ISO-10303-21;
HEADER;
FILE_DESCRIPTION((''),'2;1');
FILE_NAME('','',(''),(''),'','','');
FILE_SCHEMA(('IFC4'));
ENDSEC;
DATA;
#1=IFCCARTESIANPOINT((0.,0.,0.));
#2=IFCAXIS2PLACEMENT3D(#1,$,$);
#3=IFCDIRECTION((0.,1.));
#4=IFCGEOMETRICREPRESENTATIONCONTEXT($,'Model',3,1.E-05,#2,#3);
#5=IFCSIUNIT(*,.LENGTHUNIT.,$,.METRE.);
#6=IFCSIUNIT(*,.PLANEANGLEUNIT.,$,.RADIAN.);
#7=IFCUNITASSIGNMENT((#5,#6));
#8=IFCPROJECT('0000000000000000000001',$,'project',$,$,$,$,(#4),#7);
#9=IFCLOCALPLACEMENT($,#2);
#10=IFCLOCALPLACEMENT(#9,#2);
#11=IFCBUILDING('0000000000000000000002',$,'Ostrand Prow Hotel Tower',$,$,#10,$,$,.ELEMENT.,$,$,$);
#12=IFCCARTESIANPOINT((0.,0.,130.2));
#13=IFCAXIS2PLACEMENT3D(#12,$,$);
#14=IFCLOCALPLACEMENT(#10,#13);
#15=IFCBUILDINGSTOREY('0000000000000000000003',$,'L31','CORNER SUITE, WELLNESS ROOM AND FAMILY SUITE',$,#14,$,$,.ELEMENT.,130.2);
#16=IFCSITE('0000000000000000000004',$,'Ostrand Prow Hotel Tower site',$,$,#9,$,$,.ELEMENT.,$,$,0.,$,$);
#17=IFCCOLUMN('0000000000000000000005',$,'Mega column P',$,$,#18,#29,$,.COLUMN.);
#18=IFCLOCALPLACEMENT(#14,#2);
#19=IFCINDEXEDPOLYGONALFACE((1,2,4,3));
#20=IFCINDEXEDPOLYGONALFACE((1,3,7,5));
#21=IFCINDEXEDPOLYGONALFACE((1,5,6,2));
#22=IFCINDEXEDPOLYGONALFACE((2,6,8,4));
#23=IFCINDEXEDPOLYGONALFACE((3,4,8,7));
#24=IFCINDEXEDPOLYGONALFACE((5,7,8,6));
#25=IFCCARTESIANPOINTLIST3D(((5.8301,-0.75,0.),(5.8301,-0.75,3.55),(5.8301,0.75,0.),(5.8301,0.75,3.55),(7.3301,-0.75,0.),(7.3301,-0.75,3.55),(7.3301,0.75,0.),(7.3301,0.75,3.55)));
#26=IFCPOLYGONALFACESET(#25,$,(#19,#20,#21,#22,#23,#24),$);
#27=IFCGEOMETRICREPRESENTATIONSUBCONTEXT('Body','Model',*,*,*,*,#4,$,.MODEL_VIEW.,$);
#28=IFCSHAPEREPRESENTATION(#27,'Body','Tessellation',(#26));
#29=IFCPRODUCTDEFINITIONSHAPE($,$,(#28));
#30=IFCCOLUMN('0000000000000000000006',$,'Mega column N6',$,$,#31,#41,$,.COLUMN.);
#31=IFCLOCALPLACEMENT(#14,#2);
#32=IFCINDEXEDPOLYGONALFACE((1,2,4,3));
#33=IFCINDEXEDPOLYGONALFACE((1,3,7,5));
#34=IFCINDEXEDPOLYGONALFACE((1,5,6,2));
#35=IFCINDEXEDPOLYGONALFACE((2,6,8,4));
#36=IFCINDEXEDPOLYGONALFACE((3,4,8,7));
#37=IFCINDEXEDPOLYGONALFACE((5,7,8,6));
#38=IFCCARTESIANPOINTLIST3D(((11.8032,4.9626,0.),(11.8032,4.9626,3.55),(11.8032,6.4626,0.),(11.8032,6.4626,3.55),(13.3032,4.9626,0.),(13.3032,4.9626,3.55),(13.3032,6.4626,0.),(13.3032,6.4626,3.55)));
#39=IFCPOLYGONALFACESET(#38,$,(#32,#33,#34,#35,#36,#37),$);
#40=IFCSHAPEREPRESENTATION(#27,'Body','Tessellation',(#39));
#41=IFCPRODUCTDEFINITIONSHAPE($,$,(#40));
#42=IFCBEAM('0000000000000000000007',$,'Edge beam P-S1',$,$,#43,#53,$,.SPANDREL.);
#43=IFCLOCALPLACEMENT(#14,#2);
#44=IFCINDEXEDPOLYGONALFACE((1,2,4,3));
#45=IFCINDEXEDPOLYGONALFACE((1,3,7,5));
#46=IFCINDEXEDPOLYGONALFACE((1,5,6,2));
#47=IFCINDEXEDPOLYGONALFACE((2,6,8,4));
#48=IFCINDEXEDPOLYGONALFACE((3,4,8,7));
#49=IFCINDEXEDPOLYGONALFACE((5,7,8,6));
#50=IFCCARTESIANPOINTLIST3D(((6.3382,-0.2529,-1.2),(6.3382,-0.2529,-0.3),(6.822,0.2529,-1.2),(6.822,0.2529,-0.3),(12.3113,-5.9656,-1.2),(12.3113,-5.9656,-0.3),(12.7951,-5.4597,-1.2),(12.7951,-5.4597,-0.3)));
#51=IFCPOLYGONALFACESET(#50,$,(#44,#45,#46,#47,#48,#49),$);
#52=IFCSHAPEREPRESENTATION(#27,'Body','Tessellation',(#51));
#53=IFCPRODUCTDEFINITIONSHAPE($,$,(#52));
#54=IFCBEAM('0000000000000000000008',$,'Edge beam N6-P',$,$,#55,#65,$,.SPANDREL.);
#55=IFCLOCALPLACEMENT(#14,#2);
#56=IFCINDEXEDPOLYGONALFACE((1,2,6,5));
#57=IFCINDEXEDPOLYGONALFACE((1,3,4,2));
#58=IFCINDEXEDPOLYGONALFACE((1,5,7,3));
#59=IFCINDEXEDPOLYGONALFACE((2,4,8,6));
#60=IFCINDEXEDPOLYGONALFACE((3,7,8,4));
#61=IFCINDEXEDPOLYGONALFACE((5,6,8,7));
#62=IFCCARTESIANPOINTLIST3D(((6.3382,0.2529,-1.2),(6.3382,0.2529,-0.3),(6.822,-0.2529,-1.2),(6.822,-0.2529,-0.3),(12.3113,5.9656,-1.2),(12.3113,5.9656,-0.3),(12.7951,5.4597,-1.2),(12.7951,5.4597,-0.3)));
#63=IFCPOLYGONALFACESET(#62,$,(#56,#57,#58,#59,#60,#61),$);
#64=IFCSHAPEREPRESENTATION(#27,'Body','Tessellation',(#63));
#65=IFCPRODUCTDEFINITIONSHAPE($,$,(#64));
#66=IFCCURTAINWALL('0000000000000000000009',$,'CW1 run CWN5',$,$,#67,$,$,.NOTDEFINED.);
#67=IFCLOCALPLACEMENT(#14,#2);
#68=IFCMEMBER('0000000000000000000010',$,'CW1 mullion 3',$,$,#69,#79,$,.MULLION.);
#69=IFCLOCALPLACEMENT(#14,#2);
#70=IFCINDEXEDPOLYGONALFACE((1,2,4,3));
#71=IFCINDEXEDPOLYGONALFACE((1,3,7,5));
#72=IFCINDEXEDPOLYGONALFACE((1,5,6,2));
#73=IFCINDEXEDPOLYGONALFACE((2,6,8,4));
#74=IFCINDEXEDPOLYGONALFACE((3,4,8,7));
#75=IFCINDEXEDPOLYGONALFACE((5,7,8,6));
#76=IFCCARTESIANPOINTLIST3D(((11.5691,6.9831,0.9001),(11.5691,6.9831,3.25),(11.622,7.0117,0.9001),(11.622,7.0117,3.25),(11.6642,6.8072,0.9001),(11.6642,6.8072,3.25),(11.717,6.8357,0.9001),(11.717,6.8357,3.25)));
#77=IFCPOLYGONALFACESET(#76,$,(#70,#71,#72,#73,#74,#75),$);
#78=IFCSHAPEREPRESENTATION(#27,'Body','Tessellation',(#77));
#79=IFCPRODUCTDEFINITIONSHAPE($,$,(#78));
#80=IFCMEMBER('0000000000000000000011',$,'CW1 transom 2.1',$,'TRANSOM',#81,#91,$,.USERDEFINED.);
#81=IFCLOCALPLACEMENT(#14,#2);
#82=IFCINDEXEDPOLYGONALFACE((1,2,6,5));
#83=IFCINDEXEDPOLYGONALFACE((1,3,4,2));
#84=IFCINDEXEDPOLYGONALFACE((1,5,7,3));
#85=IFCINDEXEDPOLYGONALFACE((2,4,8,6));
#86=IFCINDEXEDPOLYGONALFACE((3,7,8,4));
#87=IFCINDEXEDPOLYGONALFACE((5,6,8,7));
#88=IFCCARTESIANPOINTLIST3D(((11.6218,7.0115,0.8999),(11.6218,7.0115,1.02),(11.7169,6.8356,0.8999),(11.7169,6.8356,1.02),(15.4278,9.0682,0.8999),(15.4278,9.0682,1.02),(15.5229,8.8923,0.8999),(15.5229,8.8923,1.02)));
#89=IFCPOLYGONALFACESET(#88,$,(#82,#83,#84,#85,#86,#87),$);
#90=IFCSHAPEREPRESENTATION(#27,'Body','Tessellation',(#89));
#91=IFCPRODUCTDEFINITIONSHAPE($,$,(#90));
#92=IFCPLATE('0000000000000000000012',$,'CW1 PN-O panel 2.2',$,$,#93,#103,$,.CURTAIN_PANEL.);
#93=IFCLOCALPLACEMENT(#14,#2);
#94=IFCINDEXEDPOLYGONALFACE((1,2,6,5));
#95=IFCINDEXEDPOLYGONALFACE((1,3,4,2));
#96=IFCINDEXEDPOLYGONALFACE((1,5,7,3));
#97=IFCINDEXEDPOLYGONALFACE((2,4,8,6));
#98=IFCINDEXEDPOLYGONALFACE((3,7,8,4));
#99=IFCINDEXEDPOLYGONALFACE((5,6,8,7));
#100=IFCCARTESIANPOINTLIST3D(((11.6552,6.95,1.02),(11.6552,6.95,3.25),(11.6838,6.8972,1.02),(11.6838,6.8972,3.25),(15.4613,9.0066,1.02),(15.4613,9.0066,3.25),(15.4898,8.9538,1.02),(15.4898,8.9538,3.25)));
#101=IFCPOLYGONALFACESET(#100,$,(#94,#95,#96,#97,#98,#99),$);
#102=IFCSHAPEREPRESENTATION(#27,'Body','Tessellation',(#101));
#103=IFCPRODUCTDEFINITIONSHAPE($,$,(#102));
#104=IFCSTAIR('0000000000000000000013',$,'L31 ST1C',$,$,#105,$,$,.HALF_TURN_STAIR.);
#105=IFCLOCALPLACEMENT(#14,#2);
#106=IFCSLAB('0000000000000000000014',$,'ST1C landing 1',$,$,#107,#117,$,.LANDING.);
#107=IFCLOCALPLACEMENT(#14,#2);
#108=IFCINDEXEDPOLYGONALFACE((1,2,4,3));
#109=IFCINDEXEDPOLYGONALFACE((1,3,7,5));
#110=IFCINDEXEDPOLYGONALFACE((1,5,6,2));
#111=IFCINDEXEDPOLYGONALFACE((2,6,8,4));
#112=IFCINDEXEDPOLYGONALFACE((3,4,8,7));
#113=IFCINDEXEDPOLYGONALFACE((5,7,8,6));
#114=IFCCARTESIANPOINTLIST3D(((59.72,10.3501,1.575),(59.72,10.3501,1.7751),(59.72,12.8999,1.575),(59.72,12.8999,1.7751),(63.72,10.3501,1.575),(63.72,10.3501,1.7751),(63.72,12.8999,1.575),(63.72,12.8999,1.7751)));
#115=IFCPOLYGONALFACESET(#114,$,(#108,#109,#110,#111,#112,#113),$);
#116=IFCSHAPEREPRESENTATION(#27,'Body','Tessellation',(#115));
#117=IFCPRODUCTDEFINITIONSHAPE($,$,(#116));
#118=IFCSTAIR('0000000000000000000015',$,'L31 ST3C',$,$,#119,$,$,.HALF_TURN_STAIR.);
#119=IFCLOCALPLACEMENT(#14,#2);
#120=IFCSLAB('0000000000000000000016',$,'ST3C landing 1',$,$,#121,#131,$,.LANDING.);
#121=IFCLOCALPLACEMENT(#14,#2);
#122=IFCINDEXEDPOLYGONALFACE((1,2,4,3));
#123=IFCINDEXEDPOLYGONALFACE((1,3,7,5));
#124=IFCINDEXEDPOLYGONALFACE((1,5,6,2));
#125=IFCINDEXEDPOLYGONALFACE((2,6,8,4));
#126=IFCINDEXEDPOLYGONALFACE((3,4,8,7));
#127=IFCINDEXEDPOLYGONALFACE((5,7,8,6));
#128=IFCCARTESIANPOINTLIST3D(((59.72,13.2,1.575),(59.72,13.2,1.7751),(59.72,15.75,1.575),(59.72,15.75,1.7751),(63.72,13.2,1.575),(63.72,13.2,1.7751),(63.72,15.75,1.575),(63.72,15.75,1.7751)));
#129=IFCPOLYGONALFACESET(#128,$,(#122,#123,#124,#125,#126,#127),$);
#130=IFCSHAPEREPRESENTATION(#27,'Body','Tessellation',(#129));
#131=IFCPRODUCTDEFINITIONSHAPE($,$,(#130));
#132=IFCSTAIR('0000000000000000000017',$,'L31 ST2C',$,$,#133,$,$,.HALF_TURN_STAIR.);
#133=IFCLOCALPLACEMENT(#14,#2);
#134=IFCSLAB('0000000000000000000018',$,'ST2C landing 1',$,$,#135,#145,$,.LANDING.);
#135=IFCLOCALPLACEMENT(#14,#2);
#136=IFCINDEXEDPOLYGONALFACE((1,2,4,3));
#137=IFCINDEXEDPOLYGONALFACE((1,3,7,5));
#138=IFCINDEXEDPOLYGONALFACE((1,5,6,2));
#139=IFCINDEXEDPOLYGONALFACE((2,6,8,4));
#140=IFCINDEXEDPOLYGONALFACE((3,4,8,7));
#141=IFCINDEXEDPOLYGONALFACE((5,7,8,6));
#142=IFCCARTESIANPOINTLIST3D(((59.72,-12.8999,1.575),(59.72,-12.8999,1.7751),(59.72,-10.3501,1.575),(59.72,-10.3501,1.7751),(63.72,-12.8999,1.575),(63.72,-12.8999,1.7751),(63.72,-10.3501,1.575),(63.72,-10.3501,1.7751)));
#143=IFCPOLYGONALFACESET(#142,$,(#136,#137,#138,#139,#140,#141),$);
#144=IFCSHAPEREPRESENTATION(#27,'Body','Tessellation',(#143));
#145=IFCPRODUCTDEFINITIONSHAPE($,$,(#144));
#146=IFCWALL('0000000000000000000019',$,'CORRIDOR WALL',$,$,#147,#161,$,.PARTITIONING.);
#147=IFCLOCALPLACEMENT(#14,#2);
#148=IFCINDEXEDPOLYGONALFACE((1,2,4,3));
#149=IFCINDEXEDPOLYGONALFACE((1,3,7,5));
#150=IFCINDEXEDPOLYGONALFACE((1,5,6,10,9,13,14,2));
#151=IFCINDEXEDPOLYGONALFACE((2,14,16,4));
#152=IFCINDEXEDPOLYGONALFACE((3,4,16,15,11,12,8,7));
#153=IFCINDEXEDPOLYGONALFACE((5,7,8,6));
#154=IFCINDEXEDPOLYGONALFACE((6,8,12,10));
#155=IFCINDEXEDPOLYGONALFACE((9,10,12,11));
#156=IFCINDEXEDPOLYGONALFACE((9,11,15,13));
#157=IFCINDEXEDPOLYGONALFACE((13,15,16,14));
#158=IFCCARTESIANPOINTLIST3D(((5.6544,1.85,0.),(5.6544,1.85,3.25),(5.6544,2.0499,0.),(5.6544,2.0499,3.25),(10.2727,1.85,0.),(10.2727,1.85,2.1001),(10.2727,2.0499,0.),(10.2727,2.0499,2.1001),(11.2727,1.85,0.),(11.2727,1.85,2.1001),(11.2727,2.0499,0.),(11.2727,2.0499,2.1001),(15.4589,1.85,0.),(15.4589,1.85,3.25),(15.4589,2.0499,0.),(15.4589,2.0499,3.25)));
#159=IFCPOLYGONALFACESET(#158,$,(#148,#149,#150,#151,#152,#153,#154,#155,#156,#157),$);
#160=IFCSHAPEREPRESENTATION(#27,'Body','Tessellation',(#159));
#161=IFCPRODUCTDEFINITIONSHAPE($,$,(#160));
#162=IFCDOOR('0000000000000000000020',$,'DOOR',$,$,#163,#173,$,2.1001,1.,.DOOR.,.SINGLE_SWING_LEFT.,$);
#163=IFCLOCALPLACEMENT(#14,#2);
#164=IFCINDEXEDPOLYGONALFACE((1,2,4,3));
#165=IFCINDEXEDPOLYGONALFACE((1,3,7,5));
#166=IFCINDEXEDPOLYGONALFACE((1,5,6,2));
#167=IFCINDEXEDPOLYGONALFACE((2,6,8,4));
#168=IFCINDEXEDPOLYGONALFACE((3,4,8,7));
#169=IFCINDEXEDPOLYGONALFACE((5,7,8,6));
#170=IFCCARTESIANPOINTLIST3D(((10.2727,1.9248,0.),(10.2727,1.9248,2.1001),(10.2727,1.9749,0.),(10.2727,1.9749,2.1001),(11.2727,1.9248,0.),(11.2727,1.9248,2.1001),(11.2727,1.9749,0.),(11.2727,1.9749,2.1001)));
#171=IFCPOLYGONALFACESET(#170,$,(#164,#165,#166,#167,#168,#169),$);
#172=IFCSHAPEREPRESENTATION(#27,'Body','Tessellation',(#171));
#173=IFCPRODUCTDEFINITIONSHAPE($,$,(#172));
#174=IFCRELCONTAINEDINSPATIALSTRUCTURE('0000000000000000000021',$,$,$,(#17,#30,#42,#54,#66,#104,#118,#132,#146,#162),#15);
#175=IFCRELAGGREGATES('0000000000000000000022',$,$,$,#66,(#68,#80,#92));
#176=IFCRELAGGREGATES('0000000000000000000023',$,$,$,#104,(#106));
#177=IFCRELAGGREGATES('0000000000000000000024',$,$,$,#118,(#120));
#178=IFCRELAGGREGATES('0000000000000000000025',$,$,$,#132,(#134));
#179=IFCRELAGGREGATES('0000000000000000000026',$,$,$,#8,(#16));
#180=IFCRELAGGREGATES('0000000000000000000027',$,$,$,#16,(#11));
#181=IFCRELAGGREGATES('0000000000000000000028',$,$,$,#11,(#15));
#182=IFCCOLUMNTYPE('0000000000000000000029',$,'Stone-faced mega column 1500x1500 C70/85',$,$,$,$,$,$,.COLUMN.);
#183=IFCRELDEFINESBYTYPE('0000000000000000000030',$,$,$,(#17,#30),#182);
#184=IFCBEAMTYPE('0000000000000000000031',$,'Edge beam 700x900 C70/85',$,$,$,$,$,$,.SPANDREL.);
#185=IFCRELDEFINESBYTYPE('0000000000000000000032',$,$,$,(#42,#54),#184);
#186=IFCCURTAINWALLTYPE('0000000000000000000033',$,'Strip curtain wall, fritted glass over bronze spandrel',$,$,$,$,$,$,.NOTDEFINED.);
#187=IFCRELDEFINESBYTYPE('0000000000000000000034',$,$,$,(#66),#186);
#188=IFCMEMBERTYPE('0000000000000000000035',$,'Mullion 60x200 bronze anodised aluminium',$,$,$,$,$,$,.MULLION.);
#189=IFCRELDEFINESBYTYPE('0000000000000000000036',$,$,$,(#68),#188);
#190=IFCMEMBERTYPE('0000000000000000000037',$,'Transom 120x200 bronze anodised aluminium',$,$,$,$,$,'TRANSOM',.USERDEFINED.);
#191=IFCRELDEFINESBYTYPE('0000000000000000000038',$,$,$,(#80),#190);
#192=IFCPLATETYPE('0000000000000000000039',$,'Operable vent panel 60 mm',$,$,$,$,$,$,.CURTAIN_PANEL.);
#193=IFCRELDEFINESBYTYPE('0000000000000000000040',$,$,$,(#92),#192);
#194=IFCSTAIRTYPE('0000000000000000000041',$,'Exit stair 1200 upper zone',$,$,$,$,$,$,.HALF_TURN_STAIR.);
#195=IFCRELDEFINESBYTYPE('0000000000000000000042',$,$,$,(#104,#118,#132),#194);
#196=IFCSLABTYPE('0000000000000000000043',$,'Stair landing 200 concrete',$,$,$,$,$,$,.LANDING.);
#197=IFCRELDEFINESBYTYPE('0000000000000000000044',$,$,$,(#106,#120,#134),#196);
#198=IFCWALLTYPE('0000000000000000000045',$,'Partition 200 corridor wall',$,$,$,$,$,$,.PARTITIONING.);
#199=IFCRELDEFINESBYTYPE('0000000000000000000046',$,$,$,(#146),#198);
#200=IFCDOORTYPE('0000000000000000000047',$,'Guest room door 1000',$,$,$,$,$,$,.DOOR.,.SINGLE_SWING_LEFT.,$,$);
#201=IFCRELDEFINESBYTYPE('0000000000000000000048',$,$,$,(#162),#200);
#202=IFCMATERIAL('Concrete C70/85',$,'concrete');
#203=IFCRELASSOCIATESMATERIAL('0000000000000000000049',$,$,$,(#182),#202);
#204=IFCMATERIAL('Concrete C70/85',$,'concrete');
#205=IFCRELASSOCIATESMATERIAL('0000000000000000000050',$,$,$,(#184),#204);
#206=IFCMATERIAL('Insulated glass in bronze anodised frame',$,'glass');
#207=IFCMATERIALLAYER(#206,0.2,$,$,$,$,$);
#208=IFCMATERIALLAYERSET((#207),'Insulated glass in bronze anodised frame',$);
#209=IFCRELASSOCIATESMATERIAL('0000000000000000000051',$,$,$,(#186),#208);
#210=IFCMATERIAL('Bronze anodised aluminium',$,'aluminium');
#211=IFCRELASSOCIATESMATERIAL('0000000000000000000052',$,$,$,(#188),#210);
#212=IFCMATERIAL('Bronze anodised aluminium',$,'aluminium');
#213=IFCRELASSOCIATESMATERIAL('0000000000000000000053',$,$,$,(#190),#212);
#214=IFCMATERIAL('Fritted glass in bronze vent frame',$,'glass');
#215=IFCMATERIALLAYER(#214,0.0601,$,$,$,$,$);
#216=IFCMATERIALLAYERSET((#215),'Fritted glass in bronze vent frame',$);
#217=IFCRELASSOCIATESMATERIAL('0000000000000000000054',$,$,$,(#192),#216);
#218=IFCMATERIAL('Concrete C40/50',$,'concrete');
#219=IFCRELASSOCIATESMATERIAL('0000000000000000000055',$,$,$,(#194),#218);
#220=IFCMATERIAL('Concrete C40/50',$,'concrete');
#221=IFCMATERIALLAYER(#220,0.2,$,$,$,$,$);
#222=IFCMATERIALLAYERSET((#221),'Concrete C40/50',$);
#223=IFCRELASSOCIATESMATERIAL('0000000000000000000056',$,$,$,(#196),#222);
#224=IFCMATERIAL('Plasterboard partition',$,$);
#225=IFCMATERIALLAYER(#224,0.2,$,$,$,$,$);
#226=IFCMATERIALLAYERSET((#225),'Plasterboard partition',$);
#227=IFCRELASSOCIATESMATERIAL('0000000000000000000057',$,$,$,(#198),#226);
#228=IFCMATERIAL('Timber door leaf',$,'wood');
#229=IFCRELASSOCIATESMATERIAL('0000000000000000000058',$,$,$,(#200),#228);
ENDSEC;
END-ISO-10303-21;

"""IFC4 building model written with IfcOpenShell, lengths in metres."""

from ifc_helpers import new_model, si_unit, direction, frame, frame_2d, origin, origin_2d, place, context, subcontext, project, spatial, polyline, rectangle, outline, extrude, material, layer, layer_set, material_profile, profile_set, type_object, element, fill, aggregate, save


model = new_model("IFC4")

# Units and contexts
model_context = context("Model", 3, precision=1e-05, world=origin(), true_north=direction((0.0, 1.0)))
body_context = subcontext(model_context, "Body", "Model", "MODEL_VIEW")
ifc_project = project(units=[si_unit("LENGTHUNIT", "METRE"), si_unit("PLANEANGLEUNIT", "RADIAN")], contexts=[model_context])

# Site, building, storey
site_placement = place(None, origin())
site = spatial("IfcSite", under=ifc_project, at=site_placement, Name="Ostrand Prow Hotel Tower site", CompositionType="ELEMENT", RefElevation=0.0)
building_placement = place(site_placement, origin())
building = spatial("IfcBuilding", under=site, at=building_placement, Name="Ostrand Prow Hotel Tower", CompositionType="ELEMENT")
storey_placement = place(building_placement, frame((0.0, 0.0, 130.2)))
storey = spatial("IfcBuildingStorey", under=building, at=storey_placement, Name="L31", Description="CORNER SUITE, WELLNESS ROOM AND FAMILY SUITE", CompositionType="ELEMENT", Elevation=130.2)

# Columns
ifc_material_1 = material(Name="Concrete C70/85", Category="concrete")
ifc_material_profile_1 = material_profile(ifc_material_1, rectangle(XDim=1.5, YDim=1.5, at=origin_2d()), Name="RC 1500x1500")
ifc_profile_set_1 = profile_set([ifc_material_profile_1], Name="Concrete C70/85")
column_type = type_object("IfcColumnType", Name="Stone-faced mega column 1500x1500 C70/85", PredefinedType="COLUMN", material=ifc_profile_set_1)
for number, where, z_axis, x_axis, name in (
    (1, (6.5801, 0.0, 0.0), (0.0, 0.0, 1.0), (1.0, 0.0, 0.0), "Mega column P"),
    (2, (12.5532, 5.7126, 0.0), (0.0, 0.0, 1.0), (1.0, 0.0, 0.0), "Mega column N6"),
):
    element("IfcColumn", number, at=place(storey_placement, frame(where, z_axis=z_axis, x_axis=x_axis)), inside=storey, type_object=column_type, Name=name, PredefinedType="COLUMN", context=body_context, shape_type="SweptSolid", body=[
        extrude(rectangle(XDim=1.5, YDim=1.5, at=origin_2d()), origin(), (0.0, 0.0, 1.0), 3.55),
    ])

# Beams
ifc_material_2 = material(Name="Concrete C70/85", Category="concrete")
ifc_material_profile_2 = material_profile(ifc_material_2, rectangle(XDim=0.7, YDim=0.8999, at=origin_2d()), Name="RC 700x900")
ifc_profile_set_2 = profile_set([ifc_material_profile_2], Name="Concrete C70/85")
beam_type = type_object("IfcBeamType", Name="Edge beam 700x900 C70/85", PredefinedType="SPANDREL", material=ifc_profile_set_2)
for number, where, z_axis, x_axis, name in (
    (3, (6.5801, 0.0, -0.75), (0.72269, -0.691172, 0.0), (0.691172, 0.72269, 0.0), "Edge beam P-S1"),
    (4, (12.5532, 5.7126, -0.75), (-0.72269, -0.691172, 0.0), (0.691172, -0.72269, 0.0), "Edge beam N6-P"),
):
    element("IfcBeam", number, at=place(storey_placement, frame(where, z_axis=z_axis, x_axis=x_axis)), inside=storey, type_object=beam_type, Name=name, PredefinedType="SPANDREL", context=body_context, shape_type="SweptSolid", body=[
        extrude(rectangle(XDim=0.7, YDim=0.8999, at=origin_2d()), origin(), (0.0, 0.0, 1.0), 8.2651),
    ])

# Curtain wall, members, plate
ifc_material_3 = material(Name="Insulated glass in bronze anodised frame", Category="glass")
ifc_layer_1 = layer(ifc_material_3, 0.2)
ifc_layer_set_1 = layer_set([ifc_layer_1], Name="Insulated glass in bronze anodised frame")
curtain_wall_type = type_object("IfcCurtainWallType", Name="Strip curtain wall, fritted glass over bronze spandrel", PredefinedType="NOTDEFINED", material=ifc_layer_set_1)
curtain_wall_placement = place(storey_placement, origin())
curtain_wall = element("IfcCurtainWall", 5, at=curtain_wall_placement, inside=storey, type_object=curtain_wall_type, Name="CW1 run CWN5", PredefinedType="NOTDEFINED")
ifc_material_4 = material(Name="Bronze anodised aluminium", Category="aluminium")
ifc_material_profile_3 = material_profile(ifc_material_4, rectangle(XDim=0.2, YDim=0.0601, at=origin_2d()), Name="Mullion 60x200 bronze anodised aluminium")
ifc_profile_set_3 = profile_set([ifc_material_profile_3], Name="Bronze anodised aluminium")
member_type_1 = type_object("IfcMemberType", Name="Mullion 60x200 bronze anodised aluminium", PredefinedType="MULLION", material=ifc_profile_set_3)
member_1_placement = place(storey_placement, frame((11.6431, 6.9094, 0.9001), z_axis=(0.0, 0.0, 1.0), x_axis=(0.475394, -0.879773, 0.0)))
member_1 = element("IfcMember", 6, at=member_1_placement, type_object=member_type_1, Name="CW1 mullion 3", PredefinedType="MULLION", context=body_context, shape_type="SweptSolid", body=[
    extrude(rectangle(XDim=0.2, YDim=0.0601, at=origin_2d()), origin(), (0.0, 0.0, 1.0), 2.3499),
])
ifc_material_5 = material(Name="Bronze anodised aluminium", Category="aluminium")
ifc_material_profile_4 = material_profile(ifc_material_5, rectangle(XDim=0.2, YDim=0.1201, at=origin_2d()), Name="Transom 120x200 bronze anodised aluminium")
ifc_profile_set_4 = profile_set([ifc_material_profile_4], Name="Bronze anodised aluminium")
member_type_2 = type_object("IfcMemberType", Name="Transom 120x200 bronze anodised aluminium", ElementType="TRANSOM", PredefinedType="USERDEFINED", material=ifc_profile_set_4)
member_2_placement = place(storey_placement, frame((15.4753, 8.9802, 0.96), z_axis=(-0.879765, -0.475408, 0.0), x_axis=(0.475408, -0.879765, 0.0)))
member_2 = element("IfcMember", 7, at=member_2_placement, type_object=member_type_2, Name="CW1 transom 2.1", ObjectType="TRANSOM", PredefinedType="USERDEFINED", context=body_context, shape_type="SweptSolid", body=[
    extrude(rectangle(XDim=0.2, YDim=0.1201, at=origin_2d()), origin(), (0.0, 0.0, 1.0), 4.3262),
])
ifc_material_6 = material(Name="Fritted glass in bronze vent frame", Category="glass")
ifc_layer_2 = layer(ifc_material_6, 0.0601)
ifc_layer_set_2 = layer_set([ifc_layer_2], Name="Fritted glass in bronze vent frame")
plate_type = type_object("IfcPlateType", Name="Operable vent panel 60 mm", PredefinedType="CURTAIN_PANEL", material=ifc_layer_set_2)
plate_placement = place(storey_placement, frame((13.5725, 7.9519, 1.02), z_axis=(0.0, 0.0, 1.0), x_axis=(-0.879773, -0.475394, 0.0)))
plate = element("IfcPlate", 8, at=plate_placement, type_object=plate_type, Name="CW1 PN-O panel 2.2", PredefinedType="CURTAIN_PANEL", context=body_context, shape_type="SweptSolid", body=[
    extrude(rectangle(XDim=4.3262, YDim=0.0601, at=origin_2d()), origin(), (0.0, 0.0, 1.0), 2.23),
])
aggregate(curtain_wall, [member_1, member_2, plate])

# Stairs, slabs
ifc_material_7 = material(Name="Concrete C40/50", Category="concrete")
stair_type = type_object("IfcStairType", Name="Exit stair 1200 upper zone", PredefinedType="HALF_TURN_STAIR", material=ifc_material_7)
stair_1_placement = place(storey_placement, origin())
stair_1 = element("IfcStair", 9, at=stair_1_placement, inside=storey, type_object=stair_type, Name="L31 ST1C", PredefinedType="HALF_TURN_STAIR")
ifc_material_8 = material(Name="Concrete C40/50", Category="concrete")
ifc_layer_3 = layer(ifc_material_8, 0.2)
ifc_layer_set_3 = layer_set([ifc_layer_3], Name="Concrete C40/50")
slab_type = type_object("IfcSlabType", Name="Stair landing 200 concrete", PredefinedType="LANDING", material=ifc_layer_set_3)
slab_1_placement = place(storey_placement, frame((0.0, 0.0, 1.575)))
slab_1 = element("IfcSlab", 10, at=slab_1_placement, type_object=slab_type, Name="ST1C landing 1", PredefinedType="LANDING", context=body_context, shape_type="SweptSolid", body=[
    extrude(outline(polyline([(59.72, 10.3501), (63.72, 10.3501), (63.72, 12.8999), (59.72, 12.8999), (59.72, 10.3501)])), origin(), (0.0, 0.0, 1.0), 0.2002),
])
aggregate(stair_1, [slab_1])
stair_2_placement = place(storey_placement, origin())
stair_2 = element("IfcStair", 11, at=stair_2_placement, inside=storey, type_object=stair_type, Name="L31 ST3C", PredefinedType="HALF_TURN_STAIR")
slab_2_placement = place(storey_placement, frame((0.0, 0.0, 1.575)))
slab_2 = element("IfcSlab", 12, at=slab_2_placement, type_object=slab_type, Name="ST3C landing 1", PredefinedType="LANDING", context=body_context, shape_type="SweptSolid", body=[
    extrude(outline(polyline([(59.72, 13.2), (63.72, 13.2), (63.72, 15.75), (59.72, 15.75), (59.72, 13.2)])), origin(), (0.0, 0.0, 1.0), 0.2002),
])
aggregate(stair_2, [slab_2])
stair_3_placement = place(storey_placement, origin())
stair_3 = element("IfcStair", 13, at=stair_3_placement, inside=storey, type_object=stair_type, Name="L31 ST2C", PredefinedType="HALF_TURN_STAIR")
slab_3_placement = place(storey_placement, frame((0.0, 0.0, 1.575)))
slab_3 = element("IfcSlab", 14, at=slab_3_placement, type_object=slab_type, Name="ST2C landing 1", PredefinedType="LANDING", context=body_context, shape_type="SweptSolid", body=[
    extrude(outline(polyline([(59.72, -12.8999), (63.72, -12.8999), (63.72, -10.3501), (59.72, -10.3501), (59.72, -12.8999)])), origin(), (0.0, 0.0, 1.0), 0.2002),
])
aggregate(stair_3, [slab_3])

# Wall, opening, door
ifc_material_9 = material(Name="Plasterboard partition")
ifc_layer_4 = layer(ifc_material_9, 0.2)
ifc_layer_set_4 = layer_set([ifc_layer_4], Name="Plasterboard partition")
wall_type_1 = type_object("IfcWallType", Name="Partition 200 corridor wall", PredefinedType="PARTITIONING", material=ifc_layer_set_4)
wall_1_placement = place(storey_placement, frame((5.6543, 1.95, 0.0), z_axis=(0.0, 0.0, 1.0), x_axis=(1.0, 0.0, 0.0)))
wall_1 = element("IfcWall", 15, at=wall_1_placement, inside=storey, type_object=wall_type_1, Name="CORRIDOR WALL", PredefinedType="PARTITIONING", context=body_context, shape_type="SweptSolid", body=[
    extrude(rectangle(XDim=9.8044, YDim=0.2, at=frame_2d((4.9023, 0.0))), origin(), (0.0, 0.0, 1.0), 3.25),
])
opening_1_placement = place(wall_1_placement, frame((4.6184, 0.0, 0.0)))
opening_1 = element("IfcOpeningElement", 16, at=opening_1_placement, cuts=wall_1, PredefinedType="OPENING", context=body_context, shape_type="SweptSolid", body=[
    extrude(rectangle(XDim=1.0, YDim=2.1001, at=frame_2d((0.5, 1.05))), frame((0.0, 0.1099, 0.0), z_axis=(0.0, -1.0, 0.0), x_axis=(1.0, 0.0, 0.0)), (0.0, 0.0, 1.0), 0.22),
])
ifc_material_10 = material(Name="Timber door leaf", Category="wood")
door_type = type_object("IfcDoorType", Name="Guest room door 1000", OperationType="SINGLE_SWING_LEFT", PredefinedType="DOOR", material=ifc_material_10)
door_placement = place(opening_1_placement, origin())
door = element("IfcDoor", 17, at=door_placement, inside=storey, type_object=door_type, Name="DOOR", OperationType="SINGLE_SWING_LEFT", OverallHeight=2.1001, OverallWidth=1.0, PredefinedType="DOOR", context=body_context, shape_type="SweptSolid", body=[
    extrude(rectangle(XDim=1.0, YDim=2.1001, at=frame_2d((0.5, 1.05))), frame((0.0, 0.0249, 0.0), z_axis=(0.0, -1.0, 0.0), x_axis=(1.0, 0.0, 0.0)), (0.0, 0.0, 1.0), 0.05),
])
fill(opening_1, door)

save(model, "model.ifc")
